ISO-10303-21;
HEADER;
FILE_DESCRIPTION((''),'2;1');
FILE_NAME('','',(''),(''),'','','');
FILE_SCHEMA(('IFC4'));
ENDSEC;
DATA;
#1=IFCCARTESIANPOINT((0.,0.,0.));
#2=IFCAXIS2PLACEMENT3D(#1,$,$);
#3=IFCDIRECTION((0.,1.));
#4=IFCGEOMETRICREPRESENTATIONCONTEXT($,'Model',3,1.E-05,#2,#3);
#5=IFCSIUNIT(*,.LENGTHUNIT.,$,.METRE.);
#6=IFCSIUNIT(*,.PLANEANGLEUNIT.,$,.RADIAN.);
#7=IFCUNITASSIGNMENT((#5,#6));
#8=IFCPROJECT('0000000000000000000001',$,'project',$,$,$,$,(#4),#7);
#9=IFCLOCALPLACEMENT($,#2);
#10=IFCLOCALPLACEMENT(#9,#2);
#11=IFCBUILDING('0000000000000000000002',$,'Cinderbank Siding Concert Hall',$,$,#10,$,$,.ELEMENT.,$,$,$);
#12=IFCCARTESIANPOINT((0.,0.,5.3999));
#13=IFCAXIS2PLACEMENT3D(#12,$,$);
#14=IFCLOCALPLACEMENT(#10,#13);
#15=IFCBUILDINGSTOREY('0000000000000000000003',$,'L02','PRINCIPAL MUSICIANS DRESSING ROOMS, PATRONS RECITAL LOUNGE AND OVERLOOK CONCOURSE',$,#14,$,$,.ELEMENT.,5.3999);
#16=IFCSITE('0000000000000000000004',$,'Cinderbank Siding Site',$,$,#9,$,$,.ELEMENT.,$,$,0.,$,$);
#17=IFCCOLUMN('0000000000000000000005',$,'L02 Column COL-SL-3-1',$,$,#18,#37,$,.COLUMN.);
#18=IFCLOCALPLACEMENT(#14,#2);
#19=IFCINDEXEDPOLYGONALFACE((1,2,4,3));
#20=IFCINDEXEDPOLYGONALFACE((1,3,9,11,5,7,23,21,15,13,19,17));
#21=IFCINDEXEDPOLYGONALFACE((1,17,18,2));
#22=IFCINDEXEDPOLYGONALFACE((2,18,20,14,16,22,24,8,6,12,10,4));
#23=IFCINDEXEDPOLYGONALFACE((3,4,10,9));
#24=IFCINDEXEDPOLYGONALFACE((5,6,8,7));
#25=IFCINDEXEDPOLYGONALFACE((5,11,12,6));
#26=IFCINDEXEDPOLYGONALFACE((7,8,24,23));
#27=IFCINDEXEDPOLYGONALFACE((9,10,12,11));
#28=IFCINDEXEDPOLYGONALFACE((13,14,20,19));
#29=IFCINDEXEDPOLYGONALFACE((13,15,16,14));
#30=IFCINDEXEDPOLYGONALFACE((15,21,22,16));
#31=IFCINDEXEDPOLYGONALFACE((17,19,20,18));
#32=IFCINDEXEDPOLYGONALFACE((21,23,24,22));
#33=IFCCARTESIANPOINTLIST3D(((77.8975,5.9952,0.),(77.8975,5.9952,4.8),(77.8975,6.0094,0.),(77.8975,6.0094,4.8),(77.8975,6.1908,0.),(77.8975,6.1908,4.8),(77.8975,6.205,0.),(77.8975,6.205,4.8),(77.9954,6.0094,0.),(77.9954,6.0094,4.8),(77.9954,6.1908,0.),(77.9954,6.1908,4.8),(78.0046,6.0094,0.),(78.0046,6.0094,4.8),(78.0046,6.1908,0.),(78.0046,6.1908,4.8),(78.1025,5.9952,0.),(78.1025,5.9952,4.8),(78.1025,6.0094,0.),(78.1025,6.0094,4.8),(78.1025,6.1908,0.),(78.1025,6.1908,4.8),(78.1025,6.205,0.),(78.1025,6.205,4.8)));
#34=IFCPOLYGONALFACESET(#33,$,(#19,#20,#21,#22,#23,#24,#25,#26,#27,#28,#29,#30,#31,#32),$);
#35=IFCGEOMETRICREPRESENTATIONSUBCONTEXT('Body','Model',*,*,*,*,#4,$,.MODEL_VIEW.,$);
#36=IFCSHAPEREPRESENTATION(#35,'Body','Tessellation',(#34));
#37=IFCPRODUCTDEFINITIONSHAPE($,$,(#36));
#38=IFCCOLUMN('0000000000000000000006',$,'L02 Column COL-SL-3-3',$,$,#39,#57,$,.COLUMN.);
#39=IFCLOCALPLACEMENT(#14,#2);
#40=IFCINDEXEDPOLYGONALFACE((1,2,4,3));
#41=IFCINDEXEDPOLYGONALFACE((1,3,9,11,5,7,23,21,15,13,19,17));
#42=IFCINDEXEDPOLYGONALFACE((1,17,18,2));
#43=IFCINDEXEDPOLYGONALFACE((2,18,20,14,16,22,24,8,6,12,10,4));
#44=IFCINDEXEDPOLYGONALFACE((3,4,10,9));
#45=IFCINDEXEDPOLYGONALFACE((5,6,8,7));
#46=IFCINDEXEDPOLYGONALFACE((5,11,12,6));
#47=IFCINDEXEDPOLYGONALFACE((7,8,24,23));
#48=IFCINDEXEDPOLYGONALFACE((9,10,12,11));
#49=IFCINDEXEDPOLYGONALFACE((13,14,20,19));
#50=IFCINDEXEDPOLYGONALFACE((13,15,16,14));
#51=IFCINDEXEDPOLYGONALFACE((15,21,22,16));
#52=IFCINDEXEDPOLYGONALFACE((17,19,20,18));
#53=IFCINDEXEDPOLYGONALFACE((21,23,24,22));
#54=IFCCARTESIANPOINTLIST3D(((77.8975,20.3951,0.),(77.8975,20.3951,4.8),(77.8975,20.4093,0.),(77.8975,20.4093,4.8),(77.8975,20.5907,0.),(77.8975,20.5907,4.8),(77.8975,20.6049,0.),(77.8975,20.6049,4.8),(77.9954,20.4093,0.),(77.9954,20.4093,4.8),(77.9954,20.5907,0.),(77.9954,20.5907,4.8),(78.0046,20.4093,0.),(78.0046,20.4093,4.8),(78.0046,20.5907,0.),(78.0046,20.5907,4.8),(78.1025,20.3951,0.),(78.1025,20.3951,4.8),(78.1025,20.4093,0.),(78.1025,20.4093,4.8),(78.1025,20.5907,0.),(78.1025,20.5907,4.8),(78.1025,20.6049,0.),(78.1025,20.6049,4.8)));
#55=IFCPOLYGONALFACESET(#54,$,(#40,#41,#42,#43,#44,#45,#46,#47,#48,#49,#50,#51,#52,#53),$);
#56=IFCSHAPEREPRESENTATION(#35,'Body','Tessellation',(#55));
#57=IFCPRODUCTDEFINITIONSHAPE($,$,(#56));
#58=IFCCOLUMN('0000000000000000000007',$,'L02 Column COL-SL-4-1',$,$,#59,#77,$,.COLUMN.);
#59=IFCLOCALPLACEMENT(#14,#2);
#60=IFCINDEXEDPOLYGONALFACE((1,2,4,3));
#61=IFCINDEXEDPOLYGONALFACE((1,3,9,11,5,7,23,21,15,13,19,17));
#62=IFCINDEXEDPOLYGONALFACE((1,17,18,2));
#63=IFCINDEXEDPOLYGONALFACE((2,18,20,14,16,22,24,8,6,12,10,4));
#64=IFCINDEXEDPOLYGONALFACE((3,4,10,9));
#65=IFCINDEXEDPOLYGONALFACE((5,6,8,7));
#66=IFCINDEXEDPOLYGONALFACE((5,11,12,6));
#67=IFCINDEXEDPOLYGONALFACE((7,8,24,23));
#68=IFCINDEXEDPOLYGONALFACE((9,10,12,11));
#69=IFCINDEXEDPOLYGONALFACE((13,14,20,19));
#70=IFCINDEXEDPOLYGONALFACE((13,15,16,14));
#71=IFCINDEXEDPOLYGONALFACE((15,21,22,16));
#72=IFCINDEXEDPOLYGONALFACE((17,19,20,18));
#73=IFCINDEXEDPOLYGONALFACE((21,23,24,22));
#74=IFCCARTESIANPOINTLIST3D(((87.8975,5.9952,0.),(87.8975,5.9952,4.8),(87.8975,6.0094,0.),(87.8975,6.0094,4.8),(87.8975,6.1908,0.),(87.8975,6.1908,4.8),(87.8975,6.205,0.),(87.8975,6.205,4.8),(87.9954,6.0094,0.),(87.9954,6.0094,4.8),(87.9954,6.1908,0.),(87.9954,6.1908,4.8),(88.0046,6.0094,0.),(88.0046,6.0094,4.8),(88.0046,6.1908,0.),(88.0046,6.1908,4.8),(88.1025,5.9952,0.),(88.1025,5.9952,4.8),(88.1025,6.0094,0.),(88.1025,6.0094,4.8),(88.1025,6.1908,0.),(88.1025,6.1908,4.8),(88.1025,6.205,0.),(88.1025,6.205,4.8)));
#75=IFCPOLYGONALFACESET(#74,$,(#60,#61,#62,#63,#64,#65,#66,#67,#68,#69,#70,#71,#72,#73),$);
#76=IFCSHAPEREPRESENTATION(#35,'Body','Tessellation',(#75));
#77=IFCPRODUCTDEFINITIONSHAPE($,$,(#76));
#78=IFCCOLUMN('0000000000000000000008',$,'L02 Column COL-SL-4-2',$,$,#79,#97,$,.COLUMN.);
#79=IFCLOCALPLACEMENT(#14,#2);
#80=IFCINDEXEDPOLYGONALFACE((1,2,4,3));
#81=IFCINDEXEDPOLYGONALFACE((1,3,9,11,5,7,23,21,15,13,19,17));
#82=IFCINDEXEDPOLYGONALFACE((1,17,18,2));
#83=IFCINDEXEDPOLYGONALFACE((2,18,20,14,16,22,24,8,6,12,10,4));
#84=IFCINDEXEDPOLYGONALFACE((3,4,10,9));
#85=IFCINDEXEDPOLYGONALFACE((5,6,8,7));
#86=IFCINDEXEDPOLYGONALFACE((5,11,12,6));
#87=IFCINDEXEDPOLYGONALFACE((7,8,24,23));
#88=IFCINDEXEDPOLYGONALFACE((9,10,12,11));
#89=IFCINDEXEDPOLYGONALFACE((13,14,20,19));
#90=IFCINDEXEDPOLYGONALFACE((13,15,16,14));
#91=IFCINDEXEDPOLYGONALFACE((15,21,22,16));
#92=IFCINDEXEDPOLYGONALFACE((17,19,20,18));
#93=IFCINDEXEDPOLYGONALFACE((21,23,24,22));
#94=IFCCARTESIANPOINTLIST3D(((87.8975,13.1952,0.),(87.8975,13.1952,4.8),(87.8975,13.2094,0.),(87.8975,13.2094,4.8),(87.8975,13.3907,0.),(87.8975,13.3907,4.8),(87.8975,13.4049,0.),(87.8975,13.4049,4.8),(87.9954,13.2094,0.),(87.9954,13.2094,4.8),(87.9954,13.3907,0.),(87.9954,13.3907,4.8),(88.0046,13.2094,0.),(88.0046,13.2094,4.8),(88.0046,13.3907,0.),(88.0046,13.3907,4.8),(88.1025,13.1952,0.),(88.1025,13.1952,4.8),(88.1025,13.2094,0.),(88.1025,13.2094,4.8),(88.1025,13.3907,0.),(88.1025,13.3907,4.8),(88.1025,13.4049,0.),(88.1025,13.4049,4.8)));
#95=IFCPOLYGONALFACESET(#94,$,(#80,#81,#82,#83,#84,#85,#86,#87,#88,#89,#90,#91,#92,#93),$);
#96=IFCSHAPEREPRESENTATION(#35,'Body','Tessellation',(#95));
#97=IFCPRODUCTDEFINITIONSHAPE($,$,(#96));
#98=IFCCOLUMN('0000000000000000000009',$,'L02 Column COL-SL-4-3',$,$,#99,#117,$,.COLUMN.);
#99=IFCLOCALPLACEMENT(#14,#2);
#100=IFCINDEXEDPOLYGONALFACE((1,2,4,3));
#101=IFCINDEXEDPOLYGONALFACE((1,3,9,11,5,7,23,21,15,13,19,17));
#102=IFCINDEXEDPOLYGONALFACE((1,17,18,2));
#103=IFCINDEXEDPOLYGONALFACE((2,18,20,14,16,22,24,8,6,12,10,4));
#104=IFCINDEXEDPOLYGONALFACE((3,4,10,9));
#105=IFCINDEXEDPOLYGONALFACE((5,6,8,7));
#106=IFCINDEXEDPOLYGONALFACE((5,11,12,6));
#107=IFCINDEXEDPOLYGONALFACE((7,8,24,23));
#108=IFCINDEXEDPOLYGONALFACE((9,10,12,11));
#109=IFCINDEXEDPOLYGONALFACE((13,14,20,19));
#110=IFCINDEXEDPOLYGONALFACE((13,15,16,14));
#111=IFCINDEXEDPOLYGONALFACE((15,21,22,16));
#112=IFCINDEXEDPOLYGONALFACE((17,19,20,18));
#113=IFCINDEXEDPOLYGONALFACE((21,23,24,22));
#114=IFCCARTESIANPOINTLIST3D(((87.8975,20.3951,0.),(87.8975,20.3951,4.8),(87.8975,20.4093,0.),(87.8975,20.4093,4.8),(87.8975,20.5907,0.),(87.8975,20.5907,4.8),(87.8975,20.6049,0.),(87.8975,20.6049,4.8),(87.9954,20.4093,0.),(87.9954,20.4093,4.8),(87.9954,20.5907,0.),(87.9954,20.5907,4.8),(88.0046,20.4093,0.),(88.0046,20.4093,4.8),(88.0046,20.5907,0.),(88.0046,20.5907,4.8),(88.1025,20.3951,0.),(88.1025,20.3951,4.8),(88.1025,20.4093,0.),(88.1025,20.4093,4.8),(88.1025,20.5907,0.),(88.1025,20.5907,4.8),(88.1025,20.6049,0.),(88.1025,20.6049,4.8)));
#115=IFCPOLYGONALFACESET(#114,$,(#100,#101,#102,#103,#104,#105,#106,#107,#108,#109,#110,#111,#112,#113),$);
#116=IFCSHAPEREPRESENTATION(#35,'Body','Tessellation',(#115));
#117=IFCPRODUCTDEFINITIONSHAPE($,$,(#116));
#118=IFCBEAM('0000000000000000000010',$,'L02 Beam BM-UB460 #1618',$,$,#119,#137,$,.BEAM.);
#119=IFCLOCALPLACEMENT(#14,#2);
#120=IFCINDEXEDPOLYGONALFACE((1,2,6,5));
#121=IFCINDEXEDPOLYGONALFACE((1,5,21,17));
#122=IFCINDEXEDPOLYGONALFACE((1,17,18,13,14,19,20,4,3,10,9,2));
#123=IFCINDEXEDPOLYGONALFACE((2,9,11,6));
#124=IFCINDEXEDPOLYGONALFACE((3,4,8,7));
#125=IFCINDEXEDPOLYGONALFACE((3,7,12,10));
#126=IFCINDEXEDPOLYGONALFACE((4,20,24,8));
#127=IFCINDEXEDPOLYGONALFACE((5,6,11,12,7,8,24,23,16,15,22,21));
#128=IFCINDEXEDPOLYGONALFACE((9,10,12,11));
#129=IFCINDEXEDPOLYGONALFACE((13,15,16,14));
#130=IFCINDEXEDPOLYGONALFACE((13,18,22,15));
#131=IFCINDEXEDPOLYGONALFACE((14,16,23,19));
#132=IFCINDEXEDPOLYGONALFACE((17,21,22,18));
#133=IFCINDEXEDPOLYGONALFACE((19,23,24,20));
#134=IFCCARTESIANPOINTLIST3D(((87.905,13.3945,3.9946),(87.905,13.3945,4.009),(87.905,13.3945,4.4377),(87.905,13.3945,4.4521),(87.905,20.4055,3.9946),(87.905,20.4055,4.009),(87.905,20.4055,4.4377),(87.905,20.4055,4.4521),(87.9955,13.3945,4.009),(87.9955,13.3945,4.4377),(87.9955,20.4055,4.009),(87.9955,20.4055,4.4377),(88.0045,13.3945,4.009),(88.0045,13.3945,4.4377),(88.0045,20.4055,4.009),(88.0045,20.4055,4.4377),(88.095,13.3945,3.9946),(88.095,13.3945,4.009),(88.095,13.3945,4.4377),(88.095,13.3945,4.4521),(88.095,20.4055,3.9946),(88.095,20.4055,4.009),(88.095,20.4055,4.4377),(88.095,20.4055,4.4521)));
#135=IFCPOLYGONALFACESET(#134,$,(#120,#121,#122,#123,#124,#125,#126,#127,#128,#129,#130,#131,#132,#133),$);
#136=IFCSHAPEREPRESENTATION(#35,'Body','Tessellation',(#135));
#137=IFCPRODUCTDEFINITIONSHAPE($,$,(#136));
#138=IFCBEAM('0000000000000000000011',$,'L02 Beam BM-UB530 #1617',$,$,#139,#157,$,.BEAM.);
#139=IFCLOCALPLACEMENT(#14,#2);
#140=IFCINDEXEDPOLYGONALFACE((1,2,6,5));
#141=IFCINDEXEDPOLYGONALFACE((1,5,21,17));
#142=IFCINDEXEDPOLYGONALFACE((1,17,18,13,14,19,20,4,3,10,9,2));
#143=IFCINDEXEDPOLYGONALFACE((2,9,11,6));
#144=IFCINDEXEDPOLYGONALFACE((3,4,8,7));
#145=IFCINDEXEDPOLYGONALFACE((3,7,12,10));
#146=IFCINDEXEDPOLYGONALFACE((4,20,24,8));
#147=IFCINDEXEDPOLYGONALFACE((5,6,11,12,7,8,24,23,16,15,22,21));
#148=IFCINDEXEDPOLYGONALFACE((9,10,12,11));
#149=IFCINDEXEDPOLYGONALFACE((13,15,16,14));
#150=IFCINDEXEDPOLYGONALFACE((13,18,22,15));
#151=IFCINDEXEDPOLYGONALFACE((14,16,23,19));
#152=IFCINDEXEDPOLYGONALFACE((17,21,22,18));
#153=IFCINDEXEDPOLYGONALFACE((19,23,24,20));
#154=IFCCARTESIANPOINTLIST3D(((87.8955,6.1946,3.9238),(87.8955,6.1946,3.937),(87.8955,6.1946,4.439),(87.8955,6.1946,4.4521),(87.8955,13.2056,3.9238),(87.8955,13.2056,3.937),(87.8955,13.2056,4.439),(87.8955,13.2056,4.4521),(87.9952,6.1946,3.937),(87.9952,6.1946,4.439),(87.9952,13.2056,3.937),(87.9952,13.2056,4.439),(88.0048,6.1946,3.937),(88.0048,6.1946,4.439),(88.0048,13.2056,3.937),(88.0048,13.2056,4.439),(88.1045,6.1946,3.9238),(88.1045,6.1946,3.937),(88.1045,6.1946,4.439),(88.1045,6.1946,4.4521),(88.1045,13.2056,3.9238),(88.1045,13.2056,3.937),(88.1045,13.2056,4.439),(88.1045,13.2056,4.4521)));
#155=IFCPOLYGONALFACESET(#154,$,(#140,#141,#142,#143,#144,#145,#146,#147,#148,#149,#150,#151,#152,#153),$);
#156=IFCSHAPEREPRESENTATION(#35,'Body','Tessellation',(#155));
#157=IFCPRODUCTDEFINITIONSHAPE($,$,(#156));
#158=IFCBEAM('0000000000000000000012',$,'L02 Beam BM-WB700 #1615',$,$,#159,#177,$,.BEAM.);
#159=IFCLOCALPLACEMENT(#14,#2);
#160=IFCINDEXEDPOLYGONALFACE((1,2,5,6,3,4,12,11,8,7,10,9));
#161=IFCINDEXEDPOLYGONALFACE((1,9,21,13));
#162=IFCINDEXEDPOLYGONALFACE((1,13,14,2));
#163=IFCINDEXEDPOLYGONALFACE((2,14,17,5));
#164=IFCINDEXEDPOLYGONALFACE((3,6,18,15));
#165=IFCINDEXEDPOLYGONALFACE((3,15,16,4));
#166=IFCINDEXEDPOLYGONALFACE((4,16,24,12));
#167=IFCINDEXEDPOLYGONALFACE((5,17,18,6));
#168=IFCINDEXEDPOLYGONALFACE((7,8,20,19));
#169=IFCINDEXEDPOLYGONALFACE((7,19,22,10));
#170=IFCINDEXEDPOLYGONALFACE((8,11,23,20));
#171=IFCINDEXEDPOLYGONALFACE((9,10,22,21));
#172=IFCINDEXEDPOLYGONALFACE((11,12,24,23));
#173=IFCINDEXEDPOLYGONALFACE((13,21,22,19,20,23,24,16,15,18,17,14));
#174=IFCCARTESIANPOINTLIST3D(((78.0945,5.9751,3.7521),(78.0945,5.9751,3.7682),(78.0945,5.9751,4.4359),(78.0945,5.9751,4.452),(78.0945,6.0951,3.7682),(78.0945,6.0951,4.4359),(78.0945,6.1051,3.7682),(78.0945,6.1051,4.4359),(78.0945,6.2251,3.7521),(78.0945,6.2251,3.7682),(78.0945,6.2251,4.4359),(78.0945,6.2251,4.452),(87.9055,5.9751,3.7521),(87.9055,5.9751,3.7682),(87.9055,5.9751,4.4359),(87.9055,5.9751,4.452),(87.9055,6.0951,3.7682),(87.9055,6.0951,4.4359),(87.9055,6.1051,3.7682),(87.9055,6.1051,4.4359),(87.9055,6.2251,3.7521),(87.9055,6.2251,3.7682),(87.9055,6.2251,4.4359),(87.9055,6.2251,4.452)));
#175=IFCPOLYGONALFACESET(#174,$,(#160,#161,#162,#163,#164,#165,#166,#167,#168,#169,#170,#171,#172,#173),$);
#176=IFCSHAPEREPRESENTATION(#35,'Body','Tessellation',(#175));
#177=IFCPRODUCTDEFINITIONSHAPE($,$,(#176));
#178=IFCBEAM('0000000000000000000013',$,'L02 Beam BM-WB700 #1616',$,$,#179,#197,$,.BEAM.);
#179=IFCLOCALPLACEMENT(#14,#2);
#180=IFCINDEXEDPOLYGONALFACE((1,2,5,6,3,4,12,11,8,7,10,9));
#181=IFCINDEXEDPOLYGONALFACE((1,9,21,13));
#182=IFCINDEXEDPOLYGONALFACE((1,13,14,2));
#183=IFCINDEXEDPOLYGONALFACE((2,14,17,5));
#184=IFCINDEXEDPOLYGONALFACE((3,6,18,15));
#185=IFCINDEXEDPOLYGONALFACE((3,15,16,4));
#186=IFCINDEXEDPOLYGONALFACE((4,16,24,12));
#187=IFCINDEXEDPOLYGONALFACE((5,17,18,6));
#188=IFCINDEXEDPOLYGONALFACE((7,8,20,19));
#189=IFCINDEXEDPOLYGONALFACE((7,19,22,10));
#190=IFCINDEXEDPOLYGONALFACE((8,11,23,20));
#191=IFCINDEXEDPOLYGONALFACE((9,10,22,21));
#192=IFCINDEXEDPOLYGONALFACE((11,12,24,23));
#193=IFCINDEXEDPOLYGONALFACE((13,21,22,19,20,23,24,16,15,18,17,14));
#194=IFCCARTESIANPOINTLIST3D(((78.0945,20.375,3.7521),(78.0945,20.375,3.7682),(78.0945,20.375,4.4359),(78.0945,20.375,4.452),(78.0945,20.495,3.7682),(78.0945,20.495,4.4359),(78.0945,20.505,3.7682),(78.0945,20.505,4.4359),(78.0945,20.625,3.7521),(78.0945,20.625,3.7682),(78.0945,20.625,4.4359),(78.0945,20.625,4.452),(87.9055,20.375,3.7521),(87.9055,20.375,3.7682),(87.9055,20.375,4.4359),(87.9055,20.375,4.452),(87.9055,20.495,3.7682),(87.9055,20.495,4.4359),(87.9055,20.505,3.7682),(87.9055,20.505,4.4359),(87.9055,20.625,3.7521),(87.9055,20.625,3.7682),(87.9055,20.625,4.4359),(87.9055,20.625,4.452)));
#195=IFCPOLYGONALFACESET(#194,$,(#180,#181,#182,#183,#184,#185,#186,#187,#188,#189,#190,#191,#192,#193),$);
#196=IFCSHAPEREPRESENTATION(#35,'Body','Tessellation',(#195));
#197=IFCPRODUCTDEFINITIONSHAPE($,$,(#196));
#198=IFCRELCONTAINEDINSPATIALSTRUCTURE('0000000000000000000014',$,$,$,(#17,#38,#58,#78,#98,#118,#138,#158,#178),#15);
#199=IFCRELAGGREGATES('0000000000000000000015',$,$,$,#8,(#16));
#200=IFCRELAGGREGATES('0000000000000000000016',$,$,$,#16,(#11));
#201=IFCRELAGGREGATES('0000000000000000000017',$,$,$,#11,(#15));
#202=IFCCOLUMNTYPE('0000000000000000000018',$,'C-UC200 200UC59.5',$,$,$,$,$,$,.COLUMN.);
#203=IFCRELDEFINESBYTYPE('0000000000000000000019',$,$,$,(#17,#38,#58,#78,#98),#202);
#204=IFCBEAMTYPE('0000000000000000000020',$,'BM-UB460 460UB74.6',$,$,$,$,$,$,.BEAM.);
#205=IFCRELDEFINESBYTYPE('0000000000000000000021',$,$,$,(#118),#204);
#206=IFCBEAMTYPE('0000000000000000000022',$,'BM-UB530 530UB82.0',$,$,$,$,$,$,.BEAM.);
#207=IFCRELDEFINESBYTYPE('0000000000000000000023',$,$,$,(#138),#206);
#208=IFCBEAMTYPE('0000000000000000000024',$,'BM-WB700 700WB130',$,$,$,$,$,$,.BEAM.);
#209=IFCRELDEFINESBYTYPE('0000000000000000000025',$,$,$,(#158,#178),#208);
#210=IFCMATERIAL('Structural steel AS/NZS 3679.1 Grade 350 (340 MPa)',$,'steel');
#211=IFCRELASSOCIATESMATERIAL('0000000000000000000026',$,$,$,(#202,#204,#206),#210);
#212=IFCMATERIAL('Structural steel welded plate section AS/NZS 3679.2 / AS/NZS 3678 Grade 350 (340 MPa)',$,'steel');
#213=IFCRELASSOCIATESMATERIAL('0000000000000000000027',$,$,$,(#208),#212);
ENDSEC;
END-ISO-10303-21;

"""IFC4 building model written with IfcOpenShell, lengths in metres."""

from ifc_helpers import new_model, si_unit, direction, frame, origin, origin_2d, place, context, subcontext, project, spatial, i_section, extrude, material, material_profile, profile_set, type_object, element, save


model = new_model("IFC4")

# Units and contexts
model_context = context("Model", 3, precision=1e-05, world=origin(), true_north=direction((0.0, 1.0)))
body_context = subcontext(model_context, "Body", "Model", "MODEL_VIEW")
ifc_project = project(units=[si_unit("LENGTHUNIT", "METRE"), si_unit("PLANEANGLEUNIT", "RADIAN")], contexts=[model_context])

# Site, building, storey
site_placement = place(None, origin())
site = spatial("IfcSite", under=ifc_project, at=site_placement, Name="Cinderbank Siding Site", CompositionType="ELEMENT", RefElevation=0.0)
building_placement = place(site_placement, origin())
building = spatial("IfcBuilding", under=site, at=building_placement, Name="Cinderbank Siding Concert Hall", CompositionType="ELEMENT")
storey_placement = place(building_placement, frame((0.0, 0.0, 5.3999)))
storey = spatial("IfcBuildingStorey", under=building, at=storey_placement, Name="L02", Description="PRINCIPAL MUSICIANS DRESSING ROOMS, PATRONS RECITAL LOUNGE AND OVERLOOK CONCOURSE", CompositionType="ELEMENT", Elevation=5.3999)

# Columns
ifc_material_1 = material(Name="Structural steel AS/NZS 3679.1 Grade 350 (340 MPa)", Category="steel")
ifc_material_profile_1 = material_profile(ifc_material_1, i_section(OverallWidth=0.2051, OverallDepth=0.2097, WebThickness=0.0093, FlangeThickness=0.0142, at=origin_2d()), Name="200UC59.5", Category="LoadBearing")
ifc_profile_set_1 = profile_set([ifc_material_profile_1], Name="Structural steel AS/NZS 3679.1 Grade 350 (340 MPa)")
column_type = type_object("IfcColumnType", Name="C-UC200 200UC59.5", PredefinedType="COLUMN", material=ifc_profile_set_1)
for number, where, z_axis, x_axis, name in (
    (1, (78.0, 6.1001, 0.0), (0.0, 0.0, 1.0), (1.0, 0.0, 0.0), "L02 Column COL-SL-3-1"),
    (2, (78.0, 20.5, 0.0), (0.0, 0.0, 1.0), (1.0, 0.0, 0.0), "L02 Column COL-SL-3-3"),
    (3, (88.0, 6.1001, 0.0), (0.0, 0.0, 1.0), (1.0, 0.0, 0.0), "L02 Column COL-SL-4-1"),
    (4, (88.0, 13.3, 0.0), (0.0, 0.0, 1.0), (1.0, 0.0, 0.0), "L02 Column COL-SL-4-2"),
    (5, (88.0, 20.5, 0.0), (0.0, 0.0, 1.0), (1.0, 0.0, 0.0), "L02 Column COL-SL-4-3"),
):
    element("IfcColumn", number, at=place(storey_placement, frame(where, z_axis=z_axis, x_axis=x_axis)), inside=storey, type_object=column_type, Name=name, PredefinedType="COLUMN", context=body_context, shape_type="SweptSolid", body=[
        extrude(i_section(OverallWidth=0.2051, OverallDepth=0.2097, WebThickness=0.0093, FlangeThickness=0.0142, at=origin_2d()), origin(), (0.0, 0.0, 1.0), 4.8),
    ])

# Beams
ifc_material_profile_2 = material_profile(ifc_material_1, i_section(OverallWidth=0.1899, OverallDepth=0.4575, WebThickness=0.009, FlangeThickness=0.0144, at=origin_2d()), Name="460UB74.6", Category="LoadBearing")
ifc_profile_set_2 = profile_set([ifc_material_profile_2], Name="Structural steel AS/NZS 3679.1 Grade 350 (340 MPa)")
beam_type_1 = type_object("IfcBeamType", Name="BM-UB460 460UB74.6", PredefinedType="BEAM", material=ifc_profile_set_2)
beam_1_placement = place(storey_placement, frame((88.0, 13.3945, 4.2234), z_axis=(0.0, 1.0, 0.0), x_axis=(-1.0, 0.0, 0.0)))
element("IfcBeam", 6, at=beam_1_placement, inside=storey, type_object=beam_type_1, Name="L02 Beam BM-UB460 #1618", PredefinedType="BEAM", context=body_context, shape_type="SweptSolid", body=[
    extrude(i_section(OverallWidth=0.1899, OverallDepth=0.4575, WebThickness=0.009, FlangeThickness=0.0144, at=origin_2d()), origin(), (0.0, 0.0, 1.0), 7.011),
])
ifc_material_profile_3 = material_profile(ifc_material_1, i_section(OverallWidth=0.209, OverallDepth=0.5283, WebThickness=0.0095, FlangeThickness=0.0132, at=origin_2d()), Name="530UB82.0", Category="LoadBearing")
ifc_profile_set_3 = profile_set([ifc_material_profile_3], Name="Structural steel AS/NZS 3679.1 Grade 350 (340 MPa)")
beam_type_2 = type_object("IfcBeamType", Name="BM-UB530 530UB82.0", PredefinedType="BEAM", material=ifc_profile_set_3)
beam_2_placement = place(storey_placement, frame((88.0, 6.1946, 4.188), z_axis=(0.0, 1.0, 0.0), x_axis=(-1.0, 0.0, 0.0)))
element("IfcBeam", 7, at=beam_2_placement, inside=storey, type_object=beam_type_2, Name="L02 Beam BM-UB530 #1617", PredefinedType="BEAM", context=body_context, shape_type="SweptSolid", body=[
    extrude(i_section(OverallWidth=0.209, OverallDepth=0.5283, WebThickness=0.0095, FlangeThickness=0.0132, at=origin_2d()), origin(), (0.0, 0.0, 1.0), 7.011),
])
ifc_material_2 = material(Name="Structural steel welded plate section AS/NZS 3679.2 / AS/NZS 3678 Grade 350 (340 MPa)", Category="steel")
ifc_material_profile_4 = material_profile(ifc_material_2, i_section(OverallWidth=0.25, OverallDepth=0.7, WebThickness=0.01, FlangeThickness=0.0161, at=origin_2d()), Name="700WB130", Category="LoadBearing")
ifc_profile_set_4 = profile_set([ifc_material_profile_4], Name="Structural steel welded plate section AS/NZS 3679.2 / AS/NZS 3678 Grade 350 (340 MPa)")
beam_type_3 = type_object("IfcBeamType", Name="BM-WB700 700WB130", PredefinedType="BEAM", material=ifc_profile_set_4)
for number, where, z_axis, x_axis, name in (
    (8, (78.0945, 6.1001, 4.1021), (1.0, 0.0, 0.0), (0.0, 1.0, 0.0), "L02 Beam BM-WB700 #1615"),
    (9, (78.0945, 20.5, 4.1021), (1.0, 0.0, 0.0), (0.0, 1.0, 0.0), "L02 Beam BM-WB700 #1616"),
):
    element("IfcBeam", number, at=place(storey_placement, frame(where, z_axis=z_axis, x_axis=x_axis)), inside=storey, type_object=beam_type_3, Name=name, PredefinedType="BEAM", context=body_context, shape_type="SweptSolid", body=[
        extrude(i_section(OverallWidth=0.25, OverallDepth=0.7, WebThickness=0.01, FlangeThickness=0.0161, at=origin_2d()), origin(), (0.0, 0.0, 1.0), 9.811),
    ])

save(model, "model.ifc")
